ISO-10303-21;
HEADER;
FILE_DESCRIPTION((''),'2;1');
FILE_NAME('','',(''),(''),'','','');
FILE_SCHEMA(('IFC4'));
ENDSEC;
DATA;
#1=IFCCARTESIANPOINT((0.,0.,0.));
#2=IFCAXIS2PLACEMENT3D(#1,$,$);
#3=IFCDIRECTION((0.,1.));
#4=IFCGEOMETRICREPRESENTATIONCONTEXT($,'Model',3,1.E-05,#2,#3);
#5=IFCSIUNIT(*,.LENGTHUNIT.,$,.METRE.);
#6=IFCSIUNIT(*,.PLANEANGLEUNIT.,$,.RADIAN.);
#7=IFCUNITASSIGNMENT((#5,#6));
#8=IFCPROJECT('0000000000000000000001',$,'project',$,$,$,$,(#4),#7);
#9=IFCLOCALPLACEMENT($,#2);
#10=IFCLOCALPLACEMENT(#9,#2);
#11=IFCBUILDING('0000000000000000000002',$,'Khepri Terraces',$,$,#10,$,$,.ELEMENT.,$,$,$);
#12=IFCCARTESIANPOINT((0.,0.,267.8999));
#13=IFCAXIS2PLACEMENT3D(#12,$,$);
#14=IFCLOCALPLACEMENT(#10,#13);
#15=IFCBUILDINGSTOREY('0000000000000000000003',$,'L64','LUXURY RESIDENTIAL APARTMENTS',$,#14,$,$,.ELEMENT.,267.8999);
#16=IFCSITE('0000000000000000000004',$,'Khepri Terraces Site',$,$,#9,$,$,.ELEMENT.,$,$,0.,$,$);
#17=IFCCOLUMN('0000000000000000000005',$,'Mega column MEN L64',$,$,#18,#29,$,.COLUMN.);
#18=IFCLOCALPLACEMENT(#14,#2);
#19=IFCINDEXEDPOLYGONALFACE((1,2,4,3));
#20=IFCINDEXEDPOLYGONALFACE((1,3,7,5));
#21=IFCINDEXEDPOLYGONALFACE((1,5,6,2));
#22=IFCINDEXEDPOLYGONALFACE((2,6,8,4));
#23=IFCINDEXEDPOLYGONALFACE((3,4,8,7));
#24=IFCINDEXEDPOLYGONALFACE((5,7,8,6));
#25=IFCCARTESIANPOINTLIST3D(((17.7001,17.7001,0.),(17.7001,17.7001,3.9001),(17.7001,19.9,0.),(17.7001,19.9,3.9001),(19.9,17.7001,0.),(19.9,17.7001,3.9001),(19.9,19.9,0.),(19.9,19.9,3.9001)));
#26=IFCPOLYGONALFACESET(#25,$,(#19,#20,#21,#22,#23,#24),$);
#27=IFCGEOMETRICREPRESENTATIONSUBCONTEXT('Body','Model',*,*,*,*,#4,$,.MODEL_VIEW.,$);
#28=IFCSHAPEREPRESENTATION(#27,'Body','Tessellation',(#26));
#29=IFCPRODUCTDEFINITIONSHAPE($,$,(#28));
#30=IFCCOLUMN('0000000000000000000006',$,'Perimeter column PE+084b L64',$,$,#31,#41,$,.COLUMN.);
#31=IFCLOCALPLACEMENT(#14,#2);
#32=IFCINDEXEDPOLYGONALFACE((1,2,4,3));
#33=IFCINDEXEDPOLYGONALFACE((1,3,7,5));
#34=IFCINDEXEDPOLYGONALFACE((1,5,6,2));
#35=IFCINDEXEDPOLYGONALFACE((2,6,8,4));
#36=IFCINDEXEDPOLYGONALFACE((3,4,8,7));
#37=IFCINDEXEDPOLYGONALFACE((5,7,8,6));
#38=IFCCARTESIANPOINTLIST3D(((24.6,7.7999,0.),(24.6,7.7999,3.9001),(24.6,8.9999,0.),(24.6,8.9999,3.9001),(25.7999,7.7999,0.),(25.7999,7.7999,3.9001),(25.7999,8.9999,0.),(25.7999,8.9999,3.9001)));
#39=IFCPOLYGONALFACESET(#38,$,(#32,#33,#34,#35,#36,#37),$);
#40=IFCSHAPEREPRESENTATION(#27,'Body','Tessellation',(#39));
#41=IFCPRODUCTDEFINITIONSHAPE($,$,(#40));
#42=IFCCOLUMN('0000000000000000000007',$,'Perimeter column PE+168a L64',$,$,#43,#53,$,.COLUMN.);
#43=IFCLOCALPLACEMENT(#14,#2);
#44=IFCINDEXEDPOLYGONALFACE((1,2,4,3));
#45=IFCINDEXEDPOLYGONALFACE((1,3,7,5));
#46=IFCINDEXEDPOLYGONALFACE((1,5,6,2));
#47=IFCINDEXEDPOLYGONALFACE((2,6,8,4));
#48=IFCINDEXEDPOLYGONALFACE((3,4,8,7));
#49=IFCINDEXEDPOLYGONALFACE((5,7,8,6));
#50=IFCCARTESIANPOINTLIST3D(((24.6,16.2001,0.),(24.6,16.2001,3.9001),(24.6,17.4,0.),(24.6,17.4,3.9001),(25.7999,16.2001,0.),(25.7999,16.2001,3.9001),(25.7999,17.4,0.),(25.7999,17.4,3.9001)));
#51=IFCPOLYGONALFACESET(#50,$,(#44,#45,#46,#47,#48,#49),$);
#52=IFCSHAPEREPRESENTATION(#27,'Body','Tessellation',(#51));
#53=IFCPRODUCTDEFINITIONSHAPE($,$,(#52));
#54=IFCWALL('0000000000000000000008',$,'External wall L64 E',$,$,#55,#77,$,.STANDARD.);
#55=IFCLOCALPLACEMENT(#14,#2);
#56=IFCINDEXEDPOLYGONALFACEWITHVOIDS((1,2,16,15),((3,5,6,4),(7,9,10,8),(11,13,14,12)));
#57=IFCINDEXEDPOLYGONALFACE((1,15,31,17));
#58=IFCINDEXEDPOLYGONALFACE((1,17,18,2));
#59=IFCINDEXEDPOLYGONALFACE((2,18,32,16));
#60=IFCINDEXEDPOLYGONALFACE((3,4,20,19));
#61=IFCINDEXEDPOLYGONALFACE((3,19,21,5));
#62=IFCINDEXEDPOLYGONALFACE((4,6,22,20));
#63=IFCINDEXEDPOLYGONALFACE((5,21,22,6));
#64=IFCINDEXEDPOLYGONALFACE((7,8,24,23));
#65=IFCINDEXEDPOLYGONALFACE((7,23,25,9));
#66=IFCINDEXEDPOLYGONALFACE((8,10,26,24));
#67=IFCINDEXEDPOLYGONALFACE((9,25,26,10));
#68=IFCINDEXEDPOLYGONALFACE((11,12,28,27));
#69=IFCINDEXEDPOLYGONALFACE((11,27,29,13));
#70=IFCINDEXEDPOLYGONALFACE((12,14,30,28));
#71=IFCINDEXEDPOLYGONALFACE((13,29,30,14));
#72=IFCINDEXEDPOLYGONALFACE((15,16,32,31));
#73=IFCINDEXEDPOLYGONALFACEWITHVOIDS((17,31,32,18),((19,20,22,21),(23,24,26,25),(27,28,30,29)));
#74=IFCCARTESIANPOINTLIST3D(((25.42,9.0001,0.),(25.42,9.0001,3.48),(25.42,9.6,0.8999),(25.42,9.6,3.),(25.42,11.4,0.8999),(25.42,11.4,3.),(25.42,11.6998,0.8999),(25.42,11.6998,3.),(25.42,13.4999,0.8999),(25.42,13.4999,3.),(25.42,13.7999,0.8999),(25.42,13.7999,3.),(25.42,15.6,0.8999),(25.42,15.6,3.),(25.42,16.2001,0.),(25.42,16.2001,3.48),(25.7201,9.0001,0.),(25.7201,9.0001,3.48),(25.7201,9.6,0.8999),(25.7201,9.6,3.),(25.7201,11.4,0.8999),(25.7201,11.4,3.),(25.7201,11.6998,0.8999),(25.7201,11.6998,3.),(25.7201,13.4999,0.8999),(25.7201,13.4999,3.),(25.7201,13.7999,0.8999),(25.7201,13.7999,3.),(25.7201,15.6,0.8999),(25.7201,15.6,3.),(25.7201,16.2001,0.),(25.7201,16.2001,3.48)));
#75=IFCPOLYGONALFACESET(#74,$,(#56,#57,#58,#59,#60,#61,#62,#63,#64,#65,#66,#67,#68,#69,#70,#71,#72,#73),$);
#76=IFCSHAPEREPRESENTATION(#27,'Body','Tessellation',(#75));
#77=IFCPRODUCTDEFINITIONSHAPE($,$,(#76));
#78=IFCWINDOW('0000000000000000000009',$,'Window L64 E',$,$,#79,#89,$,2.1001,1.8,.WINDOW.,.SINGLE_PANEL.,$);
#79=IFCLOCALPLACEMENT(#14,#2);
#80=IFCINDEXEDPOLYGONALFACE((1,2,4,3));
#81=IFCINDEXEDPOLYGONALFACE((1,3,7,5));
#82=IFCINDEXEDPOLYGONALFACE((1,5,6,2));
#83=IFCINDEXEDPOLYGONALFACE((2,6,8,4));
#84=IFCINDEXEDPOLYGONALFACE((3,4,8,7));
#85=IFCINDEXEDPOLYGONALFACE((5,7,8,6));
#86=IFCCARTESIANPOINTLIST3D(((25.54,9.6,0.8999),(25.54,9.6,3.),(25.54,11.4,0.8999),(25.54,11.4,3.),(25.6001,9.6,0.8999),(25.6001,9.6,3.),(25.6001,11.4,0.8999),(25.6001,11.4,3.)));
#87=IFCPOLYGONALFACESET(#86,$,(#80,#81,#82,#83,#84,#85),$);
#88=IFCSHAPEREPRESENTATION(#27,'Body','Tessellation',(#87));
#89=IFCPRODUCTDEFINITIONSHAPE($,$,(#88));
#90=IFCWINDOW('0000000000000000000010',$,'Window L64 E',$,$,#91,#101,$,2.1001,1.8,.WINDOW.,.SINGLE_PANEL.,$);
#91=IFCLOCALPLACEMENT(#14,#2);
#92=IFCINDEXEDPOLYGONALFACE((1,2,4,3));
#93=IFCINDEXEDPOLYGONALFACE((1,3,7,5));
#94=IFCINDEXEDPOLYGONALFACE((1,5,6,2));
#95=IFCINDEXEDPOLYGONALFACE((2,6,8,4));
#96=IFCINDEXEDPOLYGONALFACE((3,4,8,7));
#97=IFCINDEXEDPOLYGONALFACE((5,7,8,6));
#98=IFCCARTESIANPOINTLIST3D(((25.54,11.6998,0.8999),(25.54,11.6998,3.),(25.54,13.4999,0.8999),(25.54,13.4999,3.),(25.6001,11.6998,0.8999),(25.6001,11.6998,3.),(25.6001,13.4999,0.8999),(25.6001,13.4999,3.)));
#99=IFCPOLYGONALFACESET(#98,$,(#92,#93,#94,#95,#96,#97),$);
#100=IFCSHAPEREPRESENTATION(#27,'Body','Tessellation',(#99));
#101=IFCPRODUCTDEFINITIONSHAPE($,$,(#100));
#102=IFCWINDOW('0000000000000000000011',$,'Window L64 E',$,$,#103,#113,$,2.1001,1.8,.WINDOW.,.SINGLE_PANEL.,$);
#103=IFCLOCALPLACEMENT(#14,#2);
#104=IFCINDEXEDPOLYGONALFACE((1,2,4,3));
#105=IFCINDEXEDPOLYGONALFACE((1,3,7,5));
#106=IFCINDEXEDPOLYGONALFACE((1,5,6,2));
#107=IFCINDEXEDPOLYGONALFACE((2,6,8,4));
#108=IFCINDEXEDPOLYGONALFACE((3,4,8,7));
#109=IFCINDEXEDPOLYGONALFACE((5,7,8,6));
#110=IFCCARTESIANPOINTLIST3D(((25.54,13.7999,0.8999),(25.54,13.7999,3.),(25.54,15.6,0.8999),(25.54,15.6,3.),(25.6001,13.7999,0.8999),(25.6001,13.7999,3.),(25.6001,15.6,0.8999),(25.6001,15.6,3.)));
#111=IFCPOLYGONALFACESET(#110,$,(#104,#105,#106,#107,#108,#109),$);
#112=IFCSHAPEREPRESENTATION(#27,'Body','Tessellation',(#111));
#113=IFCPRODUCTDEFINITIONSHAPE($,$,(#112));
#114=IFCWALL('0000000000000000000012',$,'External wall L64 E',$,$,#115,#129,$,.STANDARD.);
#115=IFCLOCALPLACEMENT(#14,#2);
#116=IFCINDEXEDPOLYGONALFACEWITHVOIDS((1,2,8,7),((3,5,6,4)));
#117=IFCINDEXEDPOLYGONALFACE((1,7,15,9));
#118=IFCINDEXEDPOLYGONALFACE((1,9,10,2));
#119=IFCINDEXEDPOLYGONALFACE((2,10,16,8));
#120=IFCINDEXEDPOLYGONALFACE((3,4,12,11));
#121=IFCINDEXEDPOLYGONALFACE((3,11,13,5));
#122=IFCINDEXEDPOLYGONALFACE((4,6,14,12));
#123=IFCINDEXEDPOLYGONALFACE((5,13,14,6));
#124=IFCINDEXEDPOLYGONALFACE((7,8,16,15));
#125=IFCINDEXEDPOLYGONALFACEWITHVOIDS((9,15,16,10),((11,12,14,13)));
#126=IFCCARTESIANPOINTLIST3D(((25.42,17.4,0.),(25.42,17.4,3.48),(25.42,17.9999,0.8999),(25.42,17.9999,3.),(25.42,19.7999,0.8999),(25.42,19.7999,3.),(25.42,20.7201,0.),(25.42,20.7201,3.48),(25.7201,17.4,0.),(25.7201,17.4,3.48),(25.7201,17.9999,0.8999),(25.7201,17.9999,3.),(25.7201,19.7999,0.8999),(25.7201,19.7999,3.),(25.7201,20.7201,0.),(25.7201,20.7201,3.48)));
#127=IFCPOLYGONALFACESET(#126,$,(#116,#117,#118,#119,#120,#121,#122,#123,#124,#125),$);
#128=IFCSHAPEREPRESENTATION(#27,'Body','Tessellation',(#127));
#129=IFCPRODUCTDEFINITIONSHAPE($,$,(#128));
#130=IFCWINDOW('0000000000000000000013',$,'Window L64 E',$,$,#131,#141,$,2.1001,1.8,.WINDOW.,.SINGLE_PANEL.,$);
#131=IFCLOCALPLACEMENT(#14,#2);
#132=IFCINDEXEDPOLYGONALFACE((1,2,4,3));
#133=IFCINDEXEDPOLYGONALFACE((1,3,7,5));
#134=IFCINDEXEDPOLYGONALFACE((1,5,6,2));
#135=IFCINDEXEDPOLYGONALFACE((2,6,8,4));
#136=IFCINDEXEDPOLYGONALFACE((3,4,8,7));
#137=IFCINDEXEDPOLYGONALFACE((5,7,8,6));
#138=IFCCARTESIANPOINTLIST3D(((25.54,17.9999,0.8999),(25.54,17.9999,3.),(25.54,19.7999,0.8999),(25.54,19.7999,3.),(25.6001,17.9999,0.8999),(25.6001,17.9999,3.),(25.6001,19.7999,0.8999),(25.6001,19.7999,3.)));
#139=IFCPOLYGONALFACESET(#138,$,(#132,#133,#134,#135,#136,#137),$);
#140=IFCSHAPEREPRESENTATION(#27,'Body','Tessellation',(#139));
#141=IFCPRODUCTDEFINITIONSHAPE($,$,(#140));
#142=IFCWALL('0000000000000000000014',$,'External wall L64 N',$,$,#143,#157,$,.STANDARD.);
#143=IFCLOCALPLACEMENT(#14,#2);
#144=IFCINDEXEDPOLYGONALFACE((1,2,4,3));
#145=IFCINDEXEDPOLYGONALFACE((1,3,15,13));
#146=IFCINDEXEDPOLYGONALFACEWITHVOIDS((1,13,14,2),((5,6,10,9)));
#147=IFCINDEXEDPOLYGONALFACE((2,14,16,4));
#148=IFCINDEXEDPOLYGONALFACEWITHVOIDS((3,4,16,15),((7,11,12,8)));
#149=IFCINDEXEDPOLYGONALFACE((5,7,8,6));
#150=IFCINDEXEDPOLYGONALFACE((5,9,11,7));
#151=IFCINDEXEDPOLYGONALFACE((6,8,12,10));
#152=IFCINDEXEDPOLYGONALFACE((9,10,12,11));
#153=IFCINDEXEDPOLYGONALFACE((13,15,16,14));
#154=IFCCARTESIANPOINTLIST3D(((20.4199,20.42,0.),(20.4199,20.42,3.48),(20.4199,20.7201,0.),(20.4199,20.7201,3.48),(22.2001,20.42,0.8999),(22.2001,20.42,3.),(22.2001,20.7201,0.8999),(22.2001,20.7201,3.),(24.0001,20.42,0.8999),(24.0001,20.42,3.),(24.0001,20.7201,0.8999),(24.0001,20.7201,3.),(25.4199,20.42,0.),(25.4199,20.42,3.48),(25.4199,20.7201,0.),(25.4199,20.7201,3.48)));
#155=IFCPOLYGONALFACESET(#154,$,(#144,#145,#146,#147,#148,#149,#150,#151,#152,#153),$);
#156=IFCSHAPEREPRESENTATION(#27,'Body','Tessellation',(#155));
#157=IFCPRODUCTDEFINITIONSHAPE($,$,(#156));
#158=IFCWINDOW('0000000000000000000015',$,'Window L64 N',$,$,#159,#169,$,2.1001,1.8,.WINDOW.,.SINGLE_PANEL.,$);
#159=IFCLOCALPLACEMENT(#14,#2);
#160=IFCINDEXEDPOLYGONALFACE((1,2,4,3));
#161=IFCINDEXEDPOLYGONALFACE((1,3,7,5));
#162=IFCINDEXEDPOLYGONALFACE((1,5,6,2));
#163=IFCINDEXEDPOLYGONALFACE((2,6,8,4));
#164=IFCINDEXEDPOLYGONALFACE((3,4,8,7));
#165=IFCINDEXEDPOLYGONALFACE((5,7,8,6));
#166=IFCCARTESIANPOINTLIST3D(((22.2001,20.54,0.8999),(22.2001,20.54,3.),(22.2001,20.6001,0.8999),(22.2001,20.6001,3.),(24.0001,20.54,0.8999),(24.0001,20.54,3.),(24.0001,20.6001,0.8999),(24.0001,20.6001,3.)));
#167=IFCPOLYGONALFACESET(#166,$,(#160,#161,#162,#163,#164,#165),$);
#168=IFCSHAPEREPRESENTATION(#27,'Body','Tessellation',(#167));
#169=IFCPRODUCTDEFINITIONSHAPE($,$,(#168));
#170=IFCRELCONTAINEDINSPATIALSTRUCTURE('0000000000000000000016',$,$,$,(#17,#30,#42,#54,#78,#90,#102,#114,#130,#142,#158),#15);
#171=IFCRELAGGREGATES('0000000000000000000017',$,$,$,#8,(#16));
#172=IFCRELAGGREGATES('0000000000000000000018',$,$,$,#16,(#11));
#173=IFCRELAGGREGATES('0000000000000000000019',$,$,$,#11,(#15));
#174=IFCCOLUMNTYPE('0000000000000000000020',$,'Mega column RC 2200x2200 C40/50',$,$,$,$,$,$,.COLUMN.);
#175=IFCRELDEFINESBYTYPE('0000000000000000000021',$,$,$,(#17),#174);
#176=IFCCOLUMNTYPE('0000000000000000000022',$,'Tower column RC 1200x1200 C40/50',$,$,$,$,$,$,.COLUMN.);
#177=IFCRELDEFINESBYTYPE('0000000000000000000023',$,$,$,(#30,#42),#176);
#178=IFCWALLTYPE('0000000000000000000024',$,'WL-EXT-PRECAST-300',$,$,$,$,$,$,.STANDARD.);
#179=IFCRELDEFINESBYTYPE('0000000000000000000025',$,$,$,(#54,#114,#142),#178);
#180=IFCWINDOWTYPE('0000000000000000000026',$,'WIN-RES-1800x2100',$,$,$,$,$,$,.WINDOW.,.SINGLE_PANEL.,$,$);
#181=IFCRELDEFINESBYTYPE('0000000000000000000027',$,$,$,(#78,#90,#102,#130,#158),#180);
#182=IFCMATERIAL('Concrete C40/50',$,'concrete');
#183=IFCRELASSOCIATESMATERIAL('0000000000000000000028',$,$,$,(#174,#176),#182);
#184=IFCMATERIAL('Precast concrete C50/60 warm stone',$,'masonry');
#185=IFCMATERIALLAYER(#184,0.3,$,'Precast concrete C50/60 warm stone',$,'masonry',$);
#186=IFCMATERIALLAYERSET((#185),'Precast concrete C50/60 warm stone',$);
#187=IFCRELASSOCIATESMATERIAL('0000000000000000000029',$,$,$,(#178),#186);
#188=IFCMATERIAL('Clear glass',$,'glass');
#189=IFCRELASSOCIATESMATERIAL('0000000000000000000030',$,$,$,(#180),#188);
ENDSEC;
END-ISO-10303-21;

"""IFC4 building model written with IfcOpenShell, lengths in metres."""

from ifc_helpers import new_model, si_unit, direction, frame, frame_2d, origin, origin_2d, place, context, subcontext, project, spatial, rectangle, extrude, material, layer, layer_set, material_profile, profile_set, type_object, element, fill, save


model = new_model("IFC4")

# Units and contexts
model_context = context("Model", 3, precision=1e-05, world=origin(), true_north=direction((0.0, 1.0)))
body_context = subcontext(model_context, "Body", "Model", "MODEL_VIEW")
ifc_project = project(units=[si_unit("LENGTHUNIT", "METRE"), si_unit("PLANEANGLEUNIT", "RADIAN")], contexts=[model_context])

# Site, building, storey
site_placement = place(None, origin())
site = spatial("IfcSite", under=ifc_project, at=site_placement, Name="Khepri Terraces Site", CompositionType="ELEMENT", RefElevation=0.0)
building_placement = place(site_placement, origin())
building = spatial("IfcBuilding", under=site, at=building_placement, Name="Khepri Terraces", CompositionType="ELEMENT")
storey_placement = place(building_placement, frame((0.0, 0.0, 267.8999)))
storey = spatial("IfcBuildingStorey", under=building, at=storey_placement, Name="L64", Description="LUXURY RESIDENTIAL APARTMENTS", CompositionType="ELEMENT", Elevation=267.8999)

# Columns
ifc_material_1 = material(Name="Concrete C40/50", Category="concrete")
ifc_material_profile_1 = material_profile(ifc_material_1, rectangle(XDim=2.2, YDim=2.2, at=origin_2d()), Name="Concrete C40/50", Category="concrete")
ifc_profile_set_1 = profile_set([ifc_material_profile_1], Name="Concrete C40/50")
column_type_1 = type_object("IfcColumnType", Name="Mega column RC 2200x2200 C40/50", PredefinedType="COLUMN", material=ifc_profile_set_1)
column_placement = place(storey_placement, frame((18.8, 18.8, 0.0), z_axis=(0.0, 0.0, 1.0), x_axis=(1.0, 0.0, 0.0)))
element("IfcColumn", 1, at=column_placement, inside=storey, type_object=column_type_1, Name="Mega column MEN L64", PredefinedType="COLUMN", context=body_context, shape_type="SweptSolid", body=[
    extrude(rectangle(XDim=2.2, YDim=2.2, at=origin_2d()), origin(), (0.0, 0.0, 1.0), 3.9001),
])
ifc_material_profile_2 = material_profile(ifc_material_1, rectangle(XDim=1.2, YDim=1.2, at=origin_2d()), Name="Concrete C40/50", Category="concrete")
ifc_profile_set_2 = profile_set([ifc_material_profile_2], Name="Concrete C40/50")
column_type_2 = type_object("IfcColumnType", Name="Tower column RC 1200x1200 C40/50", PredefinedType="COLUMN", material=ifc_profile_set_2)
for number, where, z_axis, x_axis, name in (
    (2, (25.2, 8.3999, 0.0), (0.0, 0.0, 1.0), (1.0, 0.0, 0.0), "Perimeter column PE+084b L64"),
    (3, (25.2, 16.8, 0.0), (0.0, 0.0, 1.0), (1.0, 0.0, 0.0), "Perimeter column PE+168a L64"),
):
    element("IfcColumn", number, at=place(storey_placement, frame(where, z_axis=z_axis, x_axis=x_axis)), inside=storey, type_object=column_type_2, Name=name, PredefinedType="COLUMN", context=body_context, shape_type="SweptSolid", body=[
        extrude(rectangle(XDim=1.2, YDim=1.2, at=origin_2d()), origin(), (0.0, 0.0, 1.0), 3.9001),
    ])

# Wall, openings, windows
ifc_material_2 = material(Name="Precast concrete C50/60 warm stone", Category="masonry")
ifc_layer_1 = layer(ifc_material_2, 0.3, Name="Precast concrete C50/60 warm stone", Category="masonry")
ifc_layer_set_1 = layer_set([ifc_layer_1], Name="Precast concrete C50/60 warm stone")
wall_type_1 = type_object("IfcWallType", Name="WL-EXT-PRECAST-300", PredefinedType="STANDARD", material=ifc_layer_set_1)
wall_1_placement = place(storey_placement, frame((25.5701, 9.0, 0.0), z_axis=(0.0, 0.0, 1.0), x_axis=(0.0, 1.0, 0.0)))
wall_1 = element("IfcWall", 4, at=wall_1_placement, inside=storey, type_object=wall_type_1, Name="External wall L64 E", PredefinedType="STANDARD", context=body_context, shape_type="SweptSolid", body=[
    extrude(rectangle(XDim=7.2, YDim=0.3, at=frame_2d((3.6001, 0.0))), origin(), (0.0, 0.0, 1.0), 3.48),
])
opening_1_placement = place(wall_1_placement, frame((0.6001, 0.0, 0.8999)))
opening_1 = element("IfcOpeningElement", 5, at=opening_1_placement, cuts=wall_1, PredefinedType="OPENING", context=body_context, shape_type="SweptSolid", body=[
    extrude(rectangle(XDim=1.8, YDim=2.1001, at=frame_2d((0.8999, 1.05))), frame((0.0, 0.1602, 0.0), z_axis=(0.0, -1.0, 0.0), x_axis=(1.0, 0.0, 0.0)), (0.0, 0.0, 1.0), 0.3201),
])
opening_2_placement = place(wall_1_placement, frame((2.7, 0.0, 0.8999)))
opening_2 = element("IfcOpeningElement", 6, at=opening_2_placement, cuts=wall_1, PredefinedType="OPENING", context=body_context, shape_type="SweptSolid", body=[
    extrude(rectangle(XDim=1.8, YDim=2.1001, at=frame_2d((0.8999, 1.05))), frame((0.0, 0.1602, 0.0), z_axis=(0.0, -1.0, 0.0), x_axis=(1.0, 0.0, 0.0)), (0.0, 0.0, 1.0), 0.3201),
])
opening_3_placement = place(wall_1_placement, frame((4.8, 0.0, 0.8999)))
opening_3 = element("IfcOpeningElement", 7, at=opening_3_placement, cuts=wall_1, PredefinedType="OPENING", context=body_context, shape_type="SweptSolid", body=[
    extrude(rectangle(XDim=1.8, YDim=2.1001, at=frame_2d((0.8999, 1.05))), frame((0.0, 0.1602, 0.0), z_axis=(0.0, -1.0, 0.0), x_axis=(1.0, 0.0, 0.0)), (0.0, 0.0, 1.0), 0.3201),
])
ifc_material_3 = material(Name="Clear glass", Category="glass")
window_type = type_object("IfcWindowType", Name="WIN-RES-1800x2100", PartitioningType="SINGLE_PANEL", PredefinedType="WINDOW", material=ifc_material_3)
window_1_placement = place(opening_1_placement, origin())
window_1 = element("IfcWindow", 8, at=window_1_placement, inside=storey, type_object=window_type, Name="Window L64 E", OverallHeight=2.1001, OverallWidth=1.8, PartitioningType="SINGLE_PANEL", PredefinedType="WINDOW", context=body_context, shape_type="SweptSolid", body=[
    extrude(rectangle(XDim=1.8, YDim=2.1001, at=frame_2d((0.8999, 1.05))), frame((0.0, 0.03, 0.0), z_axis=(0.0, -1.0, 0.0), x_axis=(1.0, 0.0, 0.0)), (0.0, 0.0, 1.0), 0.0601),
])
fill(opening_1, window_1)
window_2_placement = place(opening_2_placement, origin())
window_2 = element("IfcWindow", 9, at=window_2_placement, inside=storey, type_object=window_type, Name="Window L64 E", OverallHeight=2.1001, OverallWidth=1.8, PartitioningType="SINGLE_PANEL", PredefinedType="WINDOW", context=body_context, shape_type="SweptSolid", body=[
    extrude(rectangle(XDim=1.8, YDim=2.1001, at=frame_2d((0.8999, 1.05))), frame((0.0, 0.03, 0.0), z_axis=(0.0, -1.0, 0.0), x_axis=(1.0, 0.0, 0.0)), (0.0, 0.0, 1.0), 0.0601),
])
fill(opening_2, window_2)
window_3_placement = place(opening_3_placement, origin())
window_3 = element("IfcWindow", 10, at=window_3_placement, inside=storey, type_object=window_type, Name="Window L64 E", OverallHeight=2.1001, OverallWidth=1.8, PartitioningType="SINGLE_PANEL", PredefinedType="WINDOW", context=body_context, shape_type="SweptSolid", body=[
    extrude(rectangle(XDim=1.8, YDim=2.1001, at=frame_2d((0.8999, 1.05))), frame((0.0, 0.03, 0.0), z_axis=(0.0, -1.0, 0.0), x_axis=(1.0, 0.0, 0.0)), (0.0, 0.0, 1.0), 0.0601),
])
fill(opening_3, window_3)

# Walls, openings, windows
wall_2_placement = place(storey_placement, frame((25.5701, 17.3999, 0.0), z_axis=(0.0, 0.0, 1.0), x_axis=(0.0, 1.0, 0.0)))
wall_2 = element("IfcWall", 11, at=wall_2_placement, inside=storey, type_object=wall_type_1, Name="External wall L64 E", PredefinedType="STANDARD", context=body_context, shape_type="SweptSolid", body=[
    extrude(rectangle(XDim=3.3201, YDim=0.3, at=frame_2d((1.6602, 0.0))), origin(), (0.0, 0.0, 1.0), 3.48),
])
opening_4_placement = place(wall_2_placement, frame((0.6001, 0.0, 0.8999)))
opening_4 = element("IfcOpeningElement", 12, at=opening_4_placement, cuts=wall_2, PredefinedType="OPENING", context=body_context, shape_type="SweptSolid", body=[
    extrude(rectangle(XDim=1.8, YDim=2.1001, at=frame_2d((0.8999, 1.05))), frame((0.0, 0.1602, 0.0), z_axis=(0.0, -1.0, 0.0), x_axis=(1.0, 0.0, 0.0)), (0.0, 0.0, 1.0), 0.3201),
])
window_4_placement = place(opening_4_placement, origin())
window_4 = element("IfcWindow", 13, at=window_4_placement, inside=storey, type_object=window_type, Name="Window L64 E", OverallHeight=2.1001, OverallWidth=1.8, PartitioningType="SINGLE_PANEL", PredefinedType="WINDOW", context=body_context, shape_type="SweptSolid", body=[
    extrude(rectangle(XDim=1.8, YDim=2.1001, at=frame_2d((0.8999, 1.05))), frame((0.0, 0.03, 0.0), z_axis=(0.0, -1.0, 0.0), x_axis=(1.0, 0.0, 0.0)), (0.0, 0.0, 1.0), 0.0601),
])
fill(opening_4, window_4)
wall_3_placement = place(storey_placement, frame((25.4199, 20.5701, 0.0), z_axis=(0.0, 0.0, 1.0), x_axis=(-1.0, 0.0, 0.0)))
wall_3 = element("IfcWall", 14, at=wall_3_placement, inside=storey, type_object=wall_type_1, Name="External wall L64 N", PredefinedType="STANDARD", context=body_context, shape_type="SweptSolid", body=[
    extrude(rectangle(XDim=5.0, YDim=0.3, at=frame_2d((2.5, 0.0))), origin(), (0.0, 0.0, 1.0), 3.48),
])
opening_5_placement = place(wall_3_placement, frame((1.4199, 0.0, 0.8999)))
opening_5 = element("IfcOpeningElement", 15, at=opening_5_placement, cuts=wall_3, PredefinedType="OPENING", context=body_context, shape_type="SweptSolid", body=[
    extrude(rectangle(XDim=1.8, YDim=2.1001, at=frame_2d((0.8999, 1.05))), frame((0.0, 0.1602, 0.0), z_axis=(0.0, -1.0, 0.0), x_axis=(1.0, 0.0, 0.0)), (0.0, 0.0, 1.0), 0.3201),
])
window_5_placement = place(opening_5_placement, origin())
window_5 = element("IfcWindow", 16, at=window_5_placement, inside=storey, type_object=window_type, Name="Window L64 N", OverallHeight=2.1001, OverallWidth=1.8, PartitioningType="SINGLE_PANEL", PredefinedType="WINDOW", context=body_context, shape_type="SweptSolid", body=[
    extrude(rectangle(XDim=1.8, YDim=2.1001, at=frame_2d((0.8999, 1.05))), frame((0.0, 0.03, 0.0), z_axis=(0.0, -1.0, 0.0), x_axis=(1.0, 0.0, 0.0)), (0.0, 0.0, 1.0), 0.0601),
])
fill(opening_5, window_5)

save(model, "model.ifc")
